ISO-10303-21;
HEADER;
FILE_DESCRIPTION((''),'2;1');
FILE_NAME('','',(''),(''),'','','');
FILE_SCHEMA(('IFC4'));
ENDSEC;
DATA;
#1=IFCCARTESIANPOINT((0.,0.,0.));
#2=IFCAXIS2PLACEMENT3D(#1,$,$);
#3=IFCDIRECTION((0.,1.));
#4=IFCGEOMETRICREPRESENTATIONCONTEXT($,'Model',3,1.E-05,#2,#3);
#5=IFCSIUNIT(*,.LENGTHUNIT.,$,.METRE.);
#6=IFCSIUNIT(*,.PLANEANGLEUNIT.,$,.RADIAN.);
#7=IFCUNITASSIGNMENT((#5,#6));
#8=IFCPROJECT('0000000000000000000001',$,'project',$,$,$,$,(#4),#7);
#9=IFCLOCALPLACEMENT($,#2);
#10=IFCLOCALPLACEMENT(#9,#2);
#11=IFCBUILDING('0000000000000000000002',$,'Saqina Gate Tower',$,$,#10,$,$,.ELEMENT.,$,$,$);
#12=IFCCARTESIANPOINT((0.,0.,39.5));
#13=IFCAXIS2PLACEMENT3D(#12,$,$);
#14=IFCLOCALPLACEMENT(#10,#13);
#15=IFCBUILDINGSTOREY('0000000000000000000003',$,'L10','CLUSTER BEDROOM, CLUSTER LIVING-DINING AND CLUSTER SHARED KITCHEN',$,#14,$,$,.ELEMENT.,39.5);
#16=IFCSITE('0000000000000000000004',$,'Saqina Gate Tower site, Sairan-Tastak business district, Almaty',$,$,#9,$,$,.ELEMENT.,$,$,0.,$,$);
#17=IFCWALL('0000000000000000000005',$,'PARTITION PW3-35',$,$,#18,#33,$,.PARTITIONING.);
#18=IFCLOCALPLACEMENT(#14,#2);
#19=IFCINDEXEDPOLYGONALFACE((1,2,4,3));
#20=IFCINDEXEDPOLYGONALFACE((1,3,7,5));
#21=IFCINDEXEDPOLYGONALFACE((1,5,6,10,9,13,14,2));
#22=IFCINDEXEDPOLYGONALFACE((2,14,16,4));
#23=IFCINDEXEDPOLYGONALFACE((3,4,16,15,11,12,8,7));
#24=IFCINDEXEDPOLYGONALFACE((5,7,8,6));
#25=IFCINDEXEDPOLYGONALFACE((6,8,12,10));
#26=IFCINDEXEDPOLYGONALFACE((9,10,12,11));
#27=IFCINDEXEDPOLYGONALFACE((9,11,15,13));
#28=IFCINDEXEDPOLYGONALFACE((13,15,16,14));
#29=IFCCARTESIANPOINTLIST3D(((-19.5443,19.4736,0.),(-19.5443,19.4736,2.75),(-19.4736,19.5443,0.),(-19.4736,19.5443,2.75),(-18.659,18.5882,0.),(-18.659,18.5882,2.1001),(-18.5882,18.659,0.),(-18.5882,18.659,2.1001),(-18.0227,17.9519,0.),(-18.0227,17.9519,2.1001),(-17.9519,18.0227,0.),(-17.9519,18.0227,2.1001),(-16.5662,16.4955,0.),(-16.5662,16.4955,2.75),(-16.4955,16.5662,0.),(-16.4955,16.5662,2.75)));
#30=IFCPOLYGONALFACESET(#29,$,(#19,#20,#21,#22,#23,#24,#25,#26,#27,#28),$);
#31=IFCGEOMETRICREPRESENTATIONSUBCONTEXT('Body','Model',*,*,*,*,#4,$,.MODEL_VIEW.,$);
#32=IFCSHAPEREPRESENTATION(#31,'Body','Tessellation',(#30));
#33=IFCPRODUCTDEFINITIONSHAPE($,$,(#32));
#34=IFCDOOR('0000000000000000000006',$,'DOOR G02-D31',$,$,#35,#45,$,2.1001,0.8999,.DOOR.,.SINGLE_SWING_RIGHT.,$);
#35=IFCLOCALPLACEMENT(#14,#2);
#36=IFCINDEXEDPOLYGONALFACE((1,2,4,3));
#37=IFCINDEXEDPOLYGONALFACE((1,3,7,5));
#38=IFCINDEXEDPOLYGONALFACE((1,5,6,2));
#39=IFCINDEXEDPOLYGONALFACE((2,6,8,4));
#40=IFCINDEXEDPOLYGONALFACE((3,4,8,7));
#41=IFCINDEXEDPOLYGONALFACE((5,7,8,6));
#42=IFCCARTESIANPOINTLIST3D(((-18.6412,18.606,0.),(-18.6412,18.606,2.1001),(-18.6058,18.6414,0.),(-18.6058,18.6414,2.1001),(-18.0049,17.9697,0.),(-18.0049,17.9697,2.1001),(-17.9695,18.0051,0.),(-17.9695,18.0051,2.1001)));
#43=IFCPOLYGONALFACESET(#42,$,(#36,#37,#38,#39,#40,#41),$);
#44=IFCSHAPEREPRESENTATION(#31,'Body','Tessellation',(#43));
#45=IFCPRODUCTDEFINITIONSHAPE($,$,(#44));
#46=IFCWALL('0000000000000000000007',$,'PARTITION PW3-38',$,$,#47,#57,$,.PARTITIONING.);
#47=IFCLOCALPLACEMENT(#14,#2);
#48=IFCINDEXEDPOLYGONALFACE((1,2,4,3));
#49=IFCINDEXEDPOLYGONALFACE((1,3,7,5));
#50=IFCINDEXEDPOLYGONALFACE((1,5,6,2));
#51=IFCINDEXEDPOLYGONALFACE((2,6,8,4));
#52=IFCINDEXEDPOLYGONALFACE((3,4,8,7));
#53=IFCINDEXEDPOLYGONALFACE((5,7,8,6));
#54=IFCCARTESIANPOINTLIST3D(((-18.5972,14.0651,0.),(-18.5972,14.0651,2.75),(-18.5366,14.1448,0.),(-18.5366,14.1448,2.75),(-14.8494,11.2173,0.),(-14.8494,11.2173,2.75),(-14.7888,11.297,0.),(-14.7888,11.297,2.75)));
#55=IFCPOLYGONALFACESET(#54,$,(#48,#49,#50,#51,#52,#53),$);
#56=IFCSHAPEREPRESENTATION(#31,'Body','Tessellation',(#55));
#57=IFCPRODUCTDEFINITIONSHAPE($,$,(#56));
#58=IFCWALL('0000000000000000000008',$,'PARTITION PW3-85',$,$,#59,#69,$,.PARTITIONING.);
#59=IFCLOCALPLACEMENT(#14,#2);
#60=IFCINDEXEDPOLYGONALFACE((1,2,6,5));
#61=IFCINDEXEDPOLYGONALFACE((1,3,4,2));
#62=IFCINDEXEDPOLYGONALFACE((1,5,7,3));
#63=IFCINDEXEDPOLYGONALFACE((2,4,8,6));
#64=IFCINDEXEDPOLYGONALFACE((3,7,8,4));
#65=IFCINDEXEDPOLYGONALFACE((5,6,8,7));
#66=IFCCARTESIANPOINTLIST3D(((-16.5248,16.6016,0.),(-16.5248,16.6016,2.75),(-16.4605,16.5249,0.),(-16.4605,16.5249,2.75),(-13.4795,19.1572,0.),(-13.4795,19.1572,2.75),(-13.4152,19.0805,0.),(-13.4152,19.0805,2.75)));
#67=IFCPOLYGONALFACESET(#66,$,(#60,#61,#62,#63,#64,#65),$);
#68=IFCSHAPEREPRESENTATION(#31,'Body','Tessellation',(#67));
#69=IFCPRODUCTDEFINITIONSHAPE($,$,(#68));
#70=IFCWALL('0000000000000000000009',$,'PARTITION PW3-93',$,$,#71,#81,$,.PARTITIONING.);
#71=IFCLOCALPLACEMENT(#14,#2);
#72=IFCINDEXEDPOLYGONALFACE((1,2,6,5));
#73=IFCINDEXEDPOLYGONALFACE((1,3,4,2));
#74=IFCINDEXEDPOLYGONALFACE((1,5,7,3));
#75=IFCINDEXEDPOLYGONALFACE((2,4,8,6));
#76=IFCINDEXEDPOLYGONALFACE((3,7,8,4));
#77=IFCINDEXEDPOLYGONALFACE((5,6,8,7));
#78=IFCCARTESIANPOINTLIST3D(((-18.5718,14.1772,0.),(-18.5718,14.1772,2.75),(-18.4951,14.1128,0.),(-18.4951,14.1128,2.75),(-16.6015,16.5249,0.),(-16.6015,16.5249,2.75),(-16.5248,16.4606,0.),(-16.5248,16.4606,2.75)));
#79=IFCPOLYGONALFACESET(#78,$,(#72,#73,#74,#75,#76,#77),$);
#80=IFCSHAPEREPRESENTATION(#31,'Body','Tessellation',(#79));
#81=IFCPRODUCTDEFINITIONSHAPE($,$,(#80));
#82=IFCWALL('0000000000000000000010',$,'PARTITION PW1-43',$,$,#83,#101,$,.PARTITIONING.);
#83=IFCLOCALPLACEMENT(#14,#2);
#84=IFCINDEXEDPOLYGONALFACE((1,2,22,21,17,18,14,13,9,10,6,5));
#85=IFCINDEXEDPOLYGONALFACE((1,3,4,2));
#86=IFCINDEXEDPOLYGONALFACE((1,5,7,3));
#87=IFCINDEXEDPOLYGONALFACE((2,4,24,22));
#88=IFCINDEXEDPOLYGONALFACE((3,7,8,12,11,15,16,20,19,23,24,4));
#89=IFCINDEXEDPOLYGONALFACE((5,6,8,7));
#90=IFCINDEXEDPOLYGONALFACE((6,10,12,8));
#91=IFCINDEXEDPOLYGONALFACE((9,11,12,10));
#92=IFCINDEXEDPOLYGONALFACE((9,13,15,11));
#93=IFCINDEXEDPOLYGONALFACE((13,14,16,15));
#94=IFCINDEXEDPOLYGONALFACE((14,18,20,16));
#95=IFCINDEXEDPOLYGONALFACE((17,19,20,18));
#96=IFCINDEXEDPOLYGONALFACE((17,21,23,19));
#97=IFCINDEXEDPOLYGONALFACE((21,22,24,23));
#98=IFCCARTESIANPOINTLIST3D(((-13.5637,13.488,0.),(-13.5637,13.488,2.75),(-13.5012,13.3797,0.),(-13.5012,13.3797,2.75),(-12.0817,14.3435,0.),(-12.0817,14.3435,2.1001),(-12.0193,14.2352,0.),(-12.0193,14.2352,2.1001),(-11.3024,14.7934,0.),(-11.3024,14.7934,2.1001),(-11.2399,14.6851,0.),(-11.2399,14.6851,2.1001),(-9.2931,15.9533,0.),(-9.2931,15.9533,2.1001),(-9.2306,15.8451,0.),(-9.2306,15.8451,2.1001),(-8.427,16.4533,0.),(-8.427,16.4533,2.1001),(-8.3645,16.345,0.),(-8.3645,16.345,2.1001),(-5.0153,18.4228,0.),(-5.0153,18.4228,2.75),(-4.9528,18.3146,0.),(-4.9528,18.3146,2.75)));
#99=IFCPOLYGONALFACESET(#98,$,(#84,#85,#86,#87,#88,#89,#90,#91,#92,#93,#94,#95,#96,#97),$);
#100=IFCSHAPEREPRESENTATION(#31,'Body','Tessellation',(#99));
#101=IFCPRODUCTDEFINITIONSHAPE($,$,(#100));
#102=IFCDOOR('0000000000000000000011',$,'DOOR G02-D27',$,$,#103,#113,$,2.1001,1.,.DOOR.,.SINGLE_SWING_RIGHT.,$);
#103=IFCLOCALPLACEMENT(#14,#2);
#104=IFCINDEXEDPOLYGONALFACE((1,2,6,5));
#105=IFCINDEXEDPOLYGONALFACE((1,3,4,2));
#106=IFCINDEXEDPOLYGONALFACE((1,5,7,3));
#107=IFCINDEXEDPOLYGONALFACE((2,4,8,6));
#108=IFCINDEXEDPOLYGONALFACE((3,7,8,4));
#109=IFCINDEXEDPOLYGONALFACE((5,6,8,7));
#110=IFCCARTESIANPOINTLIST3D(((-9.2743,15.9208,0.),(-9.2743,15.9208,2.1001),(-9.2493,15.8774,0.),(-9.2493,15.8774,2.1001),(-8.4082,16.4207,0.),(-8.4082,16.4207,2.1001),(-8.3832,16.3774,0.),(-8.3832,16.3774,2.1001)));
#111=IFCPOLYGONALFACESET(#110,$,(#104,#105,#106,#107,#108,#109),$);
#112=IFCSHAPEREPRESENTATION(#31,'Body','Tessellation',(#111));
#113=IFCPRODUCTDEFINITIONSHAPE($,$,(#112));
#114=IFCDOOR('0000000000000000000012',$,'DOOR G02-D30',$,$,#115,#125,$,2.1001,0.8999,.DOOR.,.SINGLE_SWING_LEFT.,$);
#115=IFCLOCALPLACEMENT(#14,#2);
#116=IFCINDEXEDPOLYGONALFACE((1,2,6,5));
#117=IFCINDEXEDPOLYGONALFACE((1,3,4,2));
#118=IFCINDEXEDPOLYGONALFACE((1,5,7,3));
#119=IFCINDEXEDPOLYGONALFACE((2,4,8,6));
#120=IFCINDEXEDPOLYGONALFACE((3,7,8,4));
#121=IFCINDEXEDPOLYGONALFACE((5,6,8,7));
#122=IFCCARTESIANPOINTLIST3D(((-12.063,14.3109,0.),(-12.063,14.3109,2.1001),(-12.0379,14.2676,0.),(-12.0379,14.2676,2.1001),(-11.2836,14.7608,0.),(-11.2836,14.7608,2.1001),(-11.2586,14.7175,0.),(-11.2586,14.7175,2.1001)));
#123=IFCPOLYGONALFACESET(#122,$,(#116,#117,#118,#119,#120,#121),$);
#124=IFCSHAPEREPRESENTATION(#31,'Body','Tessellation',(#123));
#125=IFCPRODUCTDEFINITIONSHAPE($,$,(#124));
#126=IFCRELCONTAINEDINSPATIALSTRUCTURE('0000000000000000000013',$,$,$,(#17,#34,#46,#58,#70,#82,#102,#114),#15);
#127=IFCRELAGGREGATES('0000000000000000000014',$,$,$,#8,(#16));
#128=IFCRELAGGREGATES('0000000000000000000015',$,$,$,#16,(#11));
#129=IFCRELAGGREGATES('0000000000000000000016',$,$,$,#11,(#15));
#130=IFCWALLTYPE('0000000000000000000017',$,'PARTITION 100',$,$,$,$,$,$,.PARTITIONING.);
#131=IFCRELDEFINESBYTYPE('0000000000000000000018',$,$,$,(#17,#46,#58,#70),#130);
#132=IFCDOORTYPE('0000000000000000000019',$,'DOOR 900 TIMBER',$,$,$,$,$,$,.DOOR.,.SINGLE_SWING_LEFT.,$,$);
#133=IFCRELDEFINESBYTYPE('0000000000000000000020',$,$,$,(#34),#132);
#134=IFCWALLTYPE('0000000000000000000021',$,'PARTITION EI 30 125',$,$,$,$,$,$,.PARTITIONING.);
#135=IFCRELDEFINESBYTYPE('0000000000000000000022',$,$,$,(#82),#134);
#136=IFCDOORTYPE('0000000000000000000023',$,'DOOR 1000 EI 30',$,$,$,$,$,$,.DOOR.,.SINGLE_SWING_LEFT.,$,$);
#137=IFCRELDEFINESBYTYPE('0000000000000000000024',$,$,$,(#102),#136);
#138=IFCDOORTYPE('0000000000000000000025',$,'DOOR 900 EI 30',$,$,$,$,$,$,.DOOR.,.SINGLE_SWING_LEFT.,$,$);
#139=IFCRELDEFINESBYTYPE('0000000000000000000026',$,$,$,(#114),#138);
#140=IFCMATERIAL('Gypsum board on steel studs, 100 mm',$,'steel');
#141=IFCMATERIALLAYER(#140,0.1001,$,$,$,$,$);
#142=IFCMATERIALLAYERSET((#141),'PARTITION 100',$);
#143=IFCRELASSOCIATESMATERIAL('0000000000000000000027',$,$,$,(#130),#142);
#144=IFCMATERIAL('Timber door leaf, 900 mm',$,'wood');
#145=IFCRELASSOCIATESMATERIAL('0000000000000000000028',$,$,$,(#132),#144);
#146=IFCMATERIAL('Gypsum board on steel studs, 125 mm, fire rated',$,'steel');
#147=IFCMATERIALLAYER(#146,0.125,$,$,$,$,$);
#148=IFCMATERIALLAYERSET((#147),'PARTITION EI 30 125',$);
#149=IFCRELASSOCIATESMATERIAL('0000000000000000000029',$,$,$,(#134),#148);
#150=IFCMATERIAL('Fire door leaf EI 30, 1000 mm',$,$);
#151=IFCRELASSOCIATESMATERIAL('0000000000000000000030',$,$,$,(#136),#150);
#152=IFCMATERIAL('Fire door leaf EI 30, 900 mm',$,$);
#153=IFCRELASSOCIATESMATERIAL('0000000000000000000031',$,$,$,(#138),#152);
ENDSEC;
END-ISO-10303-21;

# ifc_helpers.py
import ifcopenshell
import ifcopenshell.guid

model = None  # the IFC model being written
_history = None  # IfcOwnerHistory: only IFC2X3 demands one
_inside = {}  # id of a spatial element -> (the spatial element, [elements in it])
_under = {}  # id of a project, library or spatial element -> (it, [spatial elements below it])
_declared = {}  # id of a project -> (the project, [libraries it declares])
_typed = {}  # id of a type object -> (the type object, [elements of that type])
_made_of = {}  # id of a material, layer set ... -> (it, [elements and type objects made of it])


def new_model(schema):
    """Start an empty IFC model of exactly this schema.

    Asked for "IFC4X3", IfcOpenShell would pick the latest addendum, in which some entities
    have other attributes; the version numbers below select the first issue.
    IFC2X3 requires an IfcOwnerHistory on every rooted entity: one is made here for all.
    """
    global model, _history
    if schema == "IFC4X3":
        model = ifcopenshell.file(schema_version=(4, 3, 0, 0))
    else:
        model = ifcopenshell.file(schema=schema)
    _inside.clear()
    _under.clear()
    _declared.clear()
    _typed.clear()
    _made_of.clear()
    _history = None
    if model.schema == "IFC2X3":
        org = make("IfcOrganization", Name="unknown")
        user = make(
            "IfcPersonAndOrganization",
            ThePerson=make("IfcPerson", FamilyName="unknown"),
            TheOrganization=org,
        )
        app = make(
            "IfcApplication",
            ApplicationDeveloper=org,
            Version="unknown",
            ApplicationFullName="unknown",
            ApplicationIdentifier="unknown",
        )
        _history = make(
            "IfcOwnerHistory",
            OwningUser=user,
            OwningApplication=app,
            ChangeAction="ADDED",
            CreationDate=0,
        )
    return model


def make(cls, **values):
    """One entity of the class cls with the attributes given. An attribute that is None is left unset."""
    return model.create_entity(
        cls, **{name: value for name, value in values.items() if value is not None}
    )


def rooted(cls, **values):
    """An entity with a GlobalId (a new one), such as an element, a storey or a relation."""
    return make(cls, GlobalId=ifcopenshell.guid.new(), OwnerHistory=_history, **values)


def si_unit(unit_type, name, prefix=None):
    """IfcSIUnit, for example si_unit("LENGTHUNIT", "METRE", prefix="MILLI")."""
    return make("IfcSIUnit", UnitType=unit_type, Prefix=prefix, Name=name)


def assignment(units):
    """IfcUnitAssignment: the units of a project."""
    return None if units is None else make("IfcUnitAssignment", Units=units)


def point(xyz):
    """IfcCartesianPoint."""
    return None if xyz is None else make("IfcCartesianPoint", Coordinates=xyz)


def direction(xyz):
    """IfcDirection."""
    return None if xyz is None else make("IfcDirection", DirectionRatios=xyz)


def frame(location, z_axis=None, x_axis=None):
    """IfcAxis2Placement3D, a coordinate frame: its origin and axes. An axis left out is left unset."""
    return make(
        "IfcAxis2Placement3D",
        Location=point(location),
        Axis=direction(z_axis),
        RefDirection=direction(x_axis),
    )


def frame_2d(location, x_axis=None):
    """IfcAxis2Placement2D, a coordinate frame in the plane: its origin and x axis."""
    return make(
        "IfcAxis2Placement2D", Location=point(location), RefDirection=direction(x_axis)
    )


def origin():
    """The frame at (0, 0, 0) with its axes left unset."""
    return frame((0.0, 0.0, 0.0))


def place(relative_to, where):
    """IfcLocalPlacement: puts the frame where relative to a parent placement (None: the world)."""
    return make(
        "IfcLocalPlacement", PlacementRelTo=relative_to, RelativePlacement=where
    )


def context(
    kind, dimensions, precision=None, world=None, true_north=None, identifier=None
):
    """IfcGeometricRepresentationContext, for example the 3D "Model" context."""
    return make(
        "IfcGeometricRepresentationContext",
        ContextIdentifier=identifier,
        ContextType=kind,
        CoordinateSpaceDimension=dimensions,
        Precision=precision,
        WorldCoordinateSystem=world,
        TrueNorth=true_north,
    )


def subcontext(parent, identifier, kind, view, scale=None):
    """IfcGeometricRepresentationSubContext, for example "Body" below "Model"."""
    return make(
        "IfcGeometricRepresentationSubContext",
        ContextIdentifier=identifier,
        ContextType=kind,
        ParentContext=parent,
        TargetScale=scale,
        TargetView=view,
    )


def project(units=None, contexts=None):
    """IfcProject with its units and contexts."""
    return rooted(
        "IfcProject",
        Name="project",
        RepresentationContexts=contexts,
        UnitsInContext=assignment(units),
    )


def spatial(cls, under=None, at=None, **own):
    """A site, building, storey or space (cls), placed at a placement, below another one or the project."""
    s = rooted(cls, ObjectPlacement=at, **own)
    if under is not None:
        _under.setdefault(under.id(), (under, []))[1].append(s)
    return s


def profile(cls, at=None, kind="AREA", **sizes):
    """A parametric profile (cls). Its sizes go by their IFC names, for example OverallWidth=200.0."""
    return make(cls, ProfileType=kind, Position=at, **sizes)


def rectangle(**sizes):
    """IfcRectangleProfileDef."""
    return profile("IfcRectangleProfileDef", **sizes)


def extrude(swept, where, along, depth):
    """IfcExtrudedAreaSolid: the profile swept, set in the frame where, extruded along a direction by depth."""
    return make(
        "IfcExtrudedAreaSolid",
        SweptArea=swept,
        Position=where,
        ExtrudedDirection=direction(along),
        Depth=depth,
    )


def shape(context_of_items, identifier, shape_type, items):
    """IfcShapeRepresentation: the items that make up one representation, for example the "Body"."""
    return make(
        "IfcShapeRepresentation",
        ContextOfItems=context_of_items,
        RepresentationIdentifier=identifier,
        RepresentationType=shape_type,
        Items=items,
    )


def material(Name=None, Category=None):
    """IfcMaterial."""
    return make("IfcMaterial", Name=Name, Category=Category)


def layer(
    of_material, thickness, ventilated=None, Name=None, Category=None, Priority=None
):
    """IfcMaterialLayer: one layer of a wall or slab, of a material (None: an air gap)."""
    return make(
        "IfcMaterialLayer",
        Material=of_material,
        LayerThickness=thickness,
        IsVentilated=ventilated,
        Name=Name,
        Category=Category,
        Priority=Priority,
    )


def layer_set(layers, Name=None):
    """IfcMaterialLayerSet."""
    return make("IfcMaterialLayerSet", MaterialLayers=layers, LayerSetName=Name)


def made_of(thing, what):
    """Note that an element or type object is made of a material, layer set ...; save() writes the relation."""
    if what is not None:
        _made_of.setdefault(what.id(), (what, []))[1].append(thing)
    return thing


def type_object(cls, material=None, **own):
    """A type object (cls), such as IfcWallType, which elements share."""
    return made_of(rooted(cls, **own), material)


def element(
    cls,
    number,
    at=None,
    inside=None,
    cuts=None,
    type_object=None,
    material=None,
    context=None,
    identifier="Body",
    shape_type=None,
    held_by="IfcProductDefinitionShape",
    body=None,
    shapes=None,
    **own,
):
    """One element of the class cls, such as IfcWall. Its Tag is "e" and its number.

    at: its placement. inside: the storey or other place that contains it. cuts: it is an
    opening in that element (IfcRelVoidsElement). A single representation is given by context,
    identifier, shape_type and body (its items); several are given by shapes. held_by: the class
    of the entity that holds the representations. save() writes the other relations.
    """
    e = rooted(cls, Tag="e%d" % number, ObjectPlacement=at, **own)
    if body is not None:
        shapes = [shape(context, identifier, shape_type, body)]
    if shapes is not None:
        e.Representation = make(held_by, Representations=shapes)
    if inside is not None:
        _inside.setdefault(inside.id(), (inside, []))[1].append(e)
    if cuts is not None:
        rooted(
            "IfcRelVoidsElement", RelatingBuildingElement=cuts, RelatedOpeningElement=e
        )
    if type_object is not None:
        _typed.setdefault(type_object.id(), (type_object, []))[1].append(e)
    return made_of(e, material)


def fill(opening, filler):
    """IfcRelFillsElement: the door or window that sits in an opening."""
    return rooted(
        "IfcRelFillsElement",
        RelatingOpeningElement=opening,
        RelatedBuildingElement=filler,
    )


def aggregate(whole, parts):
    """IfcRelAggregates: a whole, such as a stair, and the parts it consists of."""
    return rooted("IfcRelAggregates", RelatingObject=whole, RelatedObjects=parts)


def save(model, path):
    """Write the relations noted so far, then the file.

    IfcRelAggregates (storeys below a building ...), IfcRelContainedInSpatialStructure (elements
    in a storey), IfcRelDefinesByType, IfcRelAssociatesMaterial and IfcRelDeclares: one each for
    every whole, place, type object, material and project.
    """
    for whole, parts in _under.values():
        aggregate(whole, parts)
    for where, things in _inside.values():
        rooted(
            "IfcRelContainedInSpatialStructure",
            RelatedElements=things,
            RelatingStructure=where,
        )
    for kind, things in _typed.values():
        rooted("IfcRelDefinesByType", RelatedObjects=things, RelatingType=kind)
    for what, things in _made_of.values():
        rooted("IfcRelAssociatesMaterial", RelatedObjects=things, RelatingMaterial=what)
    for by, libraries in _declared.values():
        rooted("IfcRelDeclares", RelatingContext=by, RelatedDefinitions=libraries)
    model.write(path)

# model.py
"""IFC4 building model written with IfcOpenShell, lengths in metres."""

from ifc_helpers import new_model, si_unit, direction, frame, frame_2d, origin, place, context, subcontext, project, spatial, rectangle, extrude, material, layer, layer_set, type_object, element, fill, save


model = new_model("IFC4")

# Units and contexts
model_context = context("Model", 3, precision=1e-05, world=origin(), true_north=direction((0.0, 1.0)))
body_context = subcontext(model_context, "Body", "Model", "MODEL_VIEW")
ifc_project = project(units=[si_unit("LENGTHUNIT", "METRE"), si_unit("PLANEANGLEUNIT", "RADIAN")], contexts=[model_context])

# Site, building, storey
site_placement = place(None, origin())
site = spatial("IfcSite", under=ifc_project, at=site_placement, Name="Saqina Gate Tower site, Sairan-Tastak business district, Almaty", CompositionType="ELEMENT", RefElevation=0.0)
building_placement = place(site_placement, origin())
building = spatial("IfcBuilding", under=site, at=building_placement, Name="Saqina Gate Tower", CompositionType="ELEMENT")
storey_placement = place(building_placement, frame((0.0, 0.0, 39.5)))
storey = spatial("IfcBuildingStorey", under=building, at=storey_placement, Name="L10", Description="CLUSTER BEDROOM, CLUSTER LIVING-DINING AND CLUSTER SHARED KITCHEN", CompositionType="ELEMENT", Elevation=39.5)

# Wall, opening, door
ifc_material_1 = material(Name="Gypsum board on steel studs, 100 mm", Category="steel")
ifc_layer_1 = layer(ifc_material_1, 0.1001)
ifc_layer_set_1 = layer_set([ifc_layer_1], Name="PARTITION 100")
wall_type_1 = type_object("IfcWallType", Name="PARTITION 100", PredefinedType="PARTITIONING", material=ifc_layer_set_1)
wall_1_placement = place(storey_placement, frame((-19.509, 19.509, 0.0), z_axis=(0.0, 0.0, 1.0), x_axis=(0.707107, -0.707107, 0.0)))
wall_1 = element("IfcWall", 1, at=wall_1_placement, inside=storey, type_object=wall_type_1, Name="PARTITION PW3-35", PredefinedType="PARTITIONING", context=body_context, shape_type="SweptSolid", body=[
    extrude(rectangle(XDim=4.2117, YDim=0.1001, at=frame_2d((2.106, 0.0))), origin(), (0.0, 0.0, 1.0), 2.75),
])
opening_1_placement = place(wall_1_placement, frame((1.2522, 0.0, 0.0)))
opening_1 = element("IfcOpeningElement", 2, at=opening_1_placement, cuts=wall_1, PredefinedType="OPENING", context=body_context, shape_type="SweptSolid", body=[
    extrude(rectangle(XDim=0.8999, YDim=2.1001, at=frame_2d((0.45, 1.05))), frame((0.0, 0.062, 0.0), z_axis=(0.0, -1.0, 0.0), x_axis=(1.0, 0.0, 0.0)), (0.0, 0.0, 1.0), 0.124),
])
ifc_material_2 = material(Name="Timber door leaf, 900 mm", Category="wood")
door_type_1 = type_object("IfcDoorType", Name="DOOR 900 TIMBER", OperationType="SINGLE_SWING_LEFT", PredefinedType="DOOR", material=ifc_material_2)
door_1_placement = place(opening_1_placement, frame((0.8999, 0.0, 0.0), z_axis=(0.0, 0.0, 1.0), x_axis=(-1.0, 0.0, 0.0)))
door_1 = element("IfcDoor", 3, at=door_1_placement, inside=storey, type_object=door_type_1, Name="DOOR G02-D31", OperationType="SINGLE_SWING_RIGHT", OverallHeight=2.1001, OverallWidth=0.8999, PredefinedType="DOOR", context=body_context, shape_type="SweptSolid", body=[
    extrude(rectangle(XDim=0.8999, YDim=2.1001, at=frame_2d((0.45, 1.05))), frame((0.0, 0.0249, 0.0), z_axis=(0.0, -1.0, 0.0), x_axis=(1.0, 0.0, 0.0)), (0.0, 0.0, 1.0), 0.05),
])
fill(opening_1, door_1)

# Walls
wall_2_placement = place(storey_placement, frame((-18.5669, 14.105, 0.0), z_axis=(0.0, 0.0, 1.0), x_axis=(0.796206, -0.605025, 0.0)))
element("IfcWall", 4, at=wall_2_placement, inside=storey, type_object=wall_type_1, Name="PARTITION PW3-38", PredefinedType="PARTITIONING", context=body_context, shape_type="SweptSolid", body=[
    extrude(rectangle(XDim=4.707, YDim=0.1001, at=frame_2d((2.3535, 0.0))), origin(), (0.0, 0.0, 1.0), 2.75),
])
wall_3_placement = place(storey_placement, frame((-16.4927, 16.5632, 0.0), z_axis=(0.0, 0.0, 1.0), x_axis=(0.766012, 0.642826, 0.0)))
element("IfcWall", 5, at=wall_3_placement, inside=storey, type_object=wall_type_1, Name="PARTITION PW3-85", PredefinedType="PARTITIONING", context=body_context, shape_type="SweptSolid", body=[
    extrude(rectangle(XDim=3.9756, YDim=0.1001, at=frame_2d((1.9878, 0.0))), origin(), (0.0, 0.0, 1.0), 2.75),
])
wall_4_placement = place(storey_placement, frame((-18.5334, 14.145, 0.0), z_axis=(0.0, 0.0, 1.0), x_axis=(0.642845, 0.765997, 0.0)))
element("IfcWall", 6, at=wall_4_placement, inside=storey, type_object=wall_type_1, Name="PARTITION PW3-93", PredefinedType="PARTITIONING", context=body_context, shape_type="SweptSolid", body=[
    extrude(rectangle(XDim=3.0649, YDim=0.1001, at=frame_2d((1.5325, 0.0))), origin(), (0.0, 0.0, 1.0), 2.75),
])

# Wall, openings, doors
ifc_material_3 = material(Name="Gypsum board on steel studs, 125 mm, fire rated", Category="steel")
ifc_layer_2 = layer(ifc_material_3, 0.125)
ifc_layer_set_2 = layer_set([ifc_layer_2], Name="PARTITION EI 30 125")
wall_type_2 = type_object("IfcWallType", Name="PARTITION EI 30 125", PredefinedType="PARTITIONING", material=ifc_layer_set_2)
wall_5_placement = place(storey_placement, frame((-13.5325, 13.4338, 0.0), z_axis=(0.0, 0.0, 1.0), x_axis=(0.86605, 0.499957, 0.0)))
wall_5 = element("IfcWall", 7, at=wall_5_placement, inside=storey, type_object=wall_type_2, Name="PARTITION PW1-43", PredefinedType="PARTITIONING", context=body_context, shape_type="SweptSolid", body=[
    extrude(rectangle(XDim=9.8706, YDim=0.125, at=frame_2d((4.9353, 0.0))), origin(), (0.0, 0.0, 1.0), 2.75),
])
opening_2_placement = place(wall_5_placement, frame((4.9312, 0.0, 0.0)))
opening_2 = element("IfcOpeningElement", 8, at=opening_2_placement, cuts=wall_5, PredefinedType="OPENING", context=body_context, shape_type="SweptSolid", body=[
    extrude(rectangle(XDim=1.0, YDim=2.1001, at=frame_2d((0.5, 1.05))), frame((0.0, 0.0745, 0.0), z_axis=(0.0, -1.0, 0.0), x_axis=(1.0, 0.0, 0.0)), (0.0, 0.0, 1.0), 0.1489),
])
opening_3_placement = place(wall_5_placement, frame((1.7112, 0.0, 0.0)))
opening_3 = element("IfcOpeningElement", 9, at=opening_3_placement, cuts=wall_5, PredefinedType="OPENING", context=body_context, shape_type="SweptSolid", body=[
    extrude(rectangle(XDim=0.8999, YDim=2.1001, at=frame_2d((0.45, 1.05))), frame((0.0, 0.0745, 0.0), z_axis=(0.0, -1.0, 0.0), x_axis=(1.0, 0.0, 0.0)), (0.0, 0.0, 1.0), 0.1489),
])
ifc_material_4 = material(Name="Fire door leaf EI 30, 1000 mm")
door_type_2 = type_object("IfcDoorType", Name="DOOR 1000 EI 30", OperationType="SINGLE_SWING_LEFT", PredefinedType="DOOR", material=ifc_material_4)
door_2_placement = place(opening_2_placement, origin())
door_2 = element("IfcDoor", 10, at=door_2_placement, inside=storey, type_object=door_type_2, Name="DOOR G02-D27", OperationType="SINGLE_SWING_RIGHT", OverallHeight=2.1001, OverallWidth=1.0, PredefinedType="DOOR", context=body_context, shape_type="SweptSolid", body=[
    extrude(rectangle(XDim=1.0, YDim=2.1001, at=frame_2d((0.5, 1.05))), frame((0.0, 0.0249, 0.0), z_axis=(0.0, -1.0, 0.0), x_axis=(1.0, 0.0, 0.0)), (0.0, 0.0, 1.0), 0.05),
])
fill(opening_2, door_2)
ifc_material_5 = material(Name="Fire door leaf EI 30, 900 mm")
door_type_3 = type_object("IfcDoorType", Name="DOOR 900 EI 30", OperationType="SINGLE_SWING_LEFT", PredefinedType="DOOR", material=ifc_material_5)
door_3_placement = place(opening_3_placement, origin())
door_3 = element("IfcDoor", 11, at=door_3_placement, inside=storey, type_object=door_type_3, Name="DOOR G02-D30", OperationType="SINGLE_SWING_LEFT", OverallHeight=2.1001, OverallWidth=0.8999, PredefinedType="DOOR", context=body_context, shape_type="SweptSolid", body=[
    extrude(rectangle(XDim=0.8999, YDim=2.1001, at=frame_2d((0.45, 1.05))), frame((0.0, 0.0249, 0.0), z_axis=(0.0, -1.0, 0.0), x_axis=(1.0, 0.0, 0.0)), (0.0, 0.0, 1.0), 0.05),
])
fill(opening_3, door_3)

save(model, "model.ifc")
